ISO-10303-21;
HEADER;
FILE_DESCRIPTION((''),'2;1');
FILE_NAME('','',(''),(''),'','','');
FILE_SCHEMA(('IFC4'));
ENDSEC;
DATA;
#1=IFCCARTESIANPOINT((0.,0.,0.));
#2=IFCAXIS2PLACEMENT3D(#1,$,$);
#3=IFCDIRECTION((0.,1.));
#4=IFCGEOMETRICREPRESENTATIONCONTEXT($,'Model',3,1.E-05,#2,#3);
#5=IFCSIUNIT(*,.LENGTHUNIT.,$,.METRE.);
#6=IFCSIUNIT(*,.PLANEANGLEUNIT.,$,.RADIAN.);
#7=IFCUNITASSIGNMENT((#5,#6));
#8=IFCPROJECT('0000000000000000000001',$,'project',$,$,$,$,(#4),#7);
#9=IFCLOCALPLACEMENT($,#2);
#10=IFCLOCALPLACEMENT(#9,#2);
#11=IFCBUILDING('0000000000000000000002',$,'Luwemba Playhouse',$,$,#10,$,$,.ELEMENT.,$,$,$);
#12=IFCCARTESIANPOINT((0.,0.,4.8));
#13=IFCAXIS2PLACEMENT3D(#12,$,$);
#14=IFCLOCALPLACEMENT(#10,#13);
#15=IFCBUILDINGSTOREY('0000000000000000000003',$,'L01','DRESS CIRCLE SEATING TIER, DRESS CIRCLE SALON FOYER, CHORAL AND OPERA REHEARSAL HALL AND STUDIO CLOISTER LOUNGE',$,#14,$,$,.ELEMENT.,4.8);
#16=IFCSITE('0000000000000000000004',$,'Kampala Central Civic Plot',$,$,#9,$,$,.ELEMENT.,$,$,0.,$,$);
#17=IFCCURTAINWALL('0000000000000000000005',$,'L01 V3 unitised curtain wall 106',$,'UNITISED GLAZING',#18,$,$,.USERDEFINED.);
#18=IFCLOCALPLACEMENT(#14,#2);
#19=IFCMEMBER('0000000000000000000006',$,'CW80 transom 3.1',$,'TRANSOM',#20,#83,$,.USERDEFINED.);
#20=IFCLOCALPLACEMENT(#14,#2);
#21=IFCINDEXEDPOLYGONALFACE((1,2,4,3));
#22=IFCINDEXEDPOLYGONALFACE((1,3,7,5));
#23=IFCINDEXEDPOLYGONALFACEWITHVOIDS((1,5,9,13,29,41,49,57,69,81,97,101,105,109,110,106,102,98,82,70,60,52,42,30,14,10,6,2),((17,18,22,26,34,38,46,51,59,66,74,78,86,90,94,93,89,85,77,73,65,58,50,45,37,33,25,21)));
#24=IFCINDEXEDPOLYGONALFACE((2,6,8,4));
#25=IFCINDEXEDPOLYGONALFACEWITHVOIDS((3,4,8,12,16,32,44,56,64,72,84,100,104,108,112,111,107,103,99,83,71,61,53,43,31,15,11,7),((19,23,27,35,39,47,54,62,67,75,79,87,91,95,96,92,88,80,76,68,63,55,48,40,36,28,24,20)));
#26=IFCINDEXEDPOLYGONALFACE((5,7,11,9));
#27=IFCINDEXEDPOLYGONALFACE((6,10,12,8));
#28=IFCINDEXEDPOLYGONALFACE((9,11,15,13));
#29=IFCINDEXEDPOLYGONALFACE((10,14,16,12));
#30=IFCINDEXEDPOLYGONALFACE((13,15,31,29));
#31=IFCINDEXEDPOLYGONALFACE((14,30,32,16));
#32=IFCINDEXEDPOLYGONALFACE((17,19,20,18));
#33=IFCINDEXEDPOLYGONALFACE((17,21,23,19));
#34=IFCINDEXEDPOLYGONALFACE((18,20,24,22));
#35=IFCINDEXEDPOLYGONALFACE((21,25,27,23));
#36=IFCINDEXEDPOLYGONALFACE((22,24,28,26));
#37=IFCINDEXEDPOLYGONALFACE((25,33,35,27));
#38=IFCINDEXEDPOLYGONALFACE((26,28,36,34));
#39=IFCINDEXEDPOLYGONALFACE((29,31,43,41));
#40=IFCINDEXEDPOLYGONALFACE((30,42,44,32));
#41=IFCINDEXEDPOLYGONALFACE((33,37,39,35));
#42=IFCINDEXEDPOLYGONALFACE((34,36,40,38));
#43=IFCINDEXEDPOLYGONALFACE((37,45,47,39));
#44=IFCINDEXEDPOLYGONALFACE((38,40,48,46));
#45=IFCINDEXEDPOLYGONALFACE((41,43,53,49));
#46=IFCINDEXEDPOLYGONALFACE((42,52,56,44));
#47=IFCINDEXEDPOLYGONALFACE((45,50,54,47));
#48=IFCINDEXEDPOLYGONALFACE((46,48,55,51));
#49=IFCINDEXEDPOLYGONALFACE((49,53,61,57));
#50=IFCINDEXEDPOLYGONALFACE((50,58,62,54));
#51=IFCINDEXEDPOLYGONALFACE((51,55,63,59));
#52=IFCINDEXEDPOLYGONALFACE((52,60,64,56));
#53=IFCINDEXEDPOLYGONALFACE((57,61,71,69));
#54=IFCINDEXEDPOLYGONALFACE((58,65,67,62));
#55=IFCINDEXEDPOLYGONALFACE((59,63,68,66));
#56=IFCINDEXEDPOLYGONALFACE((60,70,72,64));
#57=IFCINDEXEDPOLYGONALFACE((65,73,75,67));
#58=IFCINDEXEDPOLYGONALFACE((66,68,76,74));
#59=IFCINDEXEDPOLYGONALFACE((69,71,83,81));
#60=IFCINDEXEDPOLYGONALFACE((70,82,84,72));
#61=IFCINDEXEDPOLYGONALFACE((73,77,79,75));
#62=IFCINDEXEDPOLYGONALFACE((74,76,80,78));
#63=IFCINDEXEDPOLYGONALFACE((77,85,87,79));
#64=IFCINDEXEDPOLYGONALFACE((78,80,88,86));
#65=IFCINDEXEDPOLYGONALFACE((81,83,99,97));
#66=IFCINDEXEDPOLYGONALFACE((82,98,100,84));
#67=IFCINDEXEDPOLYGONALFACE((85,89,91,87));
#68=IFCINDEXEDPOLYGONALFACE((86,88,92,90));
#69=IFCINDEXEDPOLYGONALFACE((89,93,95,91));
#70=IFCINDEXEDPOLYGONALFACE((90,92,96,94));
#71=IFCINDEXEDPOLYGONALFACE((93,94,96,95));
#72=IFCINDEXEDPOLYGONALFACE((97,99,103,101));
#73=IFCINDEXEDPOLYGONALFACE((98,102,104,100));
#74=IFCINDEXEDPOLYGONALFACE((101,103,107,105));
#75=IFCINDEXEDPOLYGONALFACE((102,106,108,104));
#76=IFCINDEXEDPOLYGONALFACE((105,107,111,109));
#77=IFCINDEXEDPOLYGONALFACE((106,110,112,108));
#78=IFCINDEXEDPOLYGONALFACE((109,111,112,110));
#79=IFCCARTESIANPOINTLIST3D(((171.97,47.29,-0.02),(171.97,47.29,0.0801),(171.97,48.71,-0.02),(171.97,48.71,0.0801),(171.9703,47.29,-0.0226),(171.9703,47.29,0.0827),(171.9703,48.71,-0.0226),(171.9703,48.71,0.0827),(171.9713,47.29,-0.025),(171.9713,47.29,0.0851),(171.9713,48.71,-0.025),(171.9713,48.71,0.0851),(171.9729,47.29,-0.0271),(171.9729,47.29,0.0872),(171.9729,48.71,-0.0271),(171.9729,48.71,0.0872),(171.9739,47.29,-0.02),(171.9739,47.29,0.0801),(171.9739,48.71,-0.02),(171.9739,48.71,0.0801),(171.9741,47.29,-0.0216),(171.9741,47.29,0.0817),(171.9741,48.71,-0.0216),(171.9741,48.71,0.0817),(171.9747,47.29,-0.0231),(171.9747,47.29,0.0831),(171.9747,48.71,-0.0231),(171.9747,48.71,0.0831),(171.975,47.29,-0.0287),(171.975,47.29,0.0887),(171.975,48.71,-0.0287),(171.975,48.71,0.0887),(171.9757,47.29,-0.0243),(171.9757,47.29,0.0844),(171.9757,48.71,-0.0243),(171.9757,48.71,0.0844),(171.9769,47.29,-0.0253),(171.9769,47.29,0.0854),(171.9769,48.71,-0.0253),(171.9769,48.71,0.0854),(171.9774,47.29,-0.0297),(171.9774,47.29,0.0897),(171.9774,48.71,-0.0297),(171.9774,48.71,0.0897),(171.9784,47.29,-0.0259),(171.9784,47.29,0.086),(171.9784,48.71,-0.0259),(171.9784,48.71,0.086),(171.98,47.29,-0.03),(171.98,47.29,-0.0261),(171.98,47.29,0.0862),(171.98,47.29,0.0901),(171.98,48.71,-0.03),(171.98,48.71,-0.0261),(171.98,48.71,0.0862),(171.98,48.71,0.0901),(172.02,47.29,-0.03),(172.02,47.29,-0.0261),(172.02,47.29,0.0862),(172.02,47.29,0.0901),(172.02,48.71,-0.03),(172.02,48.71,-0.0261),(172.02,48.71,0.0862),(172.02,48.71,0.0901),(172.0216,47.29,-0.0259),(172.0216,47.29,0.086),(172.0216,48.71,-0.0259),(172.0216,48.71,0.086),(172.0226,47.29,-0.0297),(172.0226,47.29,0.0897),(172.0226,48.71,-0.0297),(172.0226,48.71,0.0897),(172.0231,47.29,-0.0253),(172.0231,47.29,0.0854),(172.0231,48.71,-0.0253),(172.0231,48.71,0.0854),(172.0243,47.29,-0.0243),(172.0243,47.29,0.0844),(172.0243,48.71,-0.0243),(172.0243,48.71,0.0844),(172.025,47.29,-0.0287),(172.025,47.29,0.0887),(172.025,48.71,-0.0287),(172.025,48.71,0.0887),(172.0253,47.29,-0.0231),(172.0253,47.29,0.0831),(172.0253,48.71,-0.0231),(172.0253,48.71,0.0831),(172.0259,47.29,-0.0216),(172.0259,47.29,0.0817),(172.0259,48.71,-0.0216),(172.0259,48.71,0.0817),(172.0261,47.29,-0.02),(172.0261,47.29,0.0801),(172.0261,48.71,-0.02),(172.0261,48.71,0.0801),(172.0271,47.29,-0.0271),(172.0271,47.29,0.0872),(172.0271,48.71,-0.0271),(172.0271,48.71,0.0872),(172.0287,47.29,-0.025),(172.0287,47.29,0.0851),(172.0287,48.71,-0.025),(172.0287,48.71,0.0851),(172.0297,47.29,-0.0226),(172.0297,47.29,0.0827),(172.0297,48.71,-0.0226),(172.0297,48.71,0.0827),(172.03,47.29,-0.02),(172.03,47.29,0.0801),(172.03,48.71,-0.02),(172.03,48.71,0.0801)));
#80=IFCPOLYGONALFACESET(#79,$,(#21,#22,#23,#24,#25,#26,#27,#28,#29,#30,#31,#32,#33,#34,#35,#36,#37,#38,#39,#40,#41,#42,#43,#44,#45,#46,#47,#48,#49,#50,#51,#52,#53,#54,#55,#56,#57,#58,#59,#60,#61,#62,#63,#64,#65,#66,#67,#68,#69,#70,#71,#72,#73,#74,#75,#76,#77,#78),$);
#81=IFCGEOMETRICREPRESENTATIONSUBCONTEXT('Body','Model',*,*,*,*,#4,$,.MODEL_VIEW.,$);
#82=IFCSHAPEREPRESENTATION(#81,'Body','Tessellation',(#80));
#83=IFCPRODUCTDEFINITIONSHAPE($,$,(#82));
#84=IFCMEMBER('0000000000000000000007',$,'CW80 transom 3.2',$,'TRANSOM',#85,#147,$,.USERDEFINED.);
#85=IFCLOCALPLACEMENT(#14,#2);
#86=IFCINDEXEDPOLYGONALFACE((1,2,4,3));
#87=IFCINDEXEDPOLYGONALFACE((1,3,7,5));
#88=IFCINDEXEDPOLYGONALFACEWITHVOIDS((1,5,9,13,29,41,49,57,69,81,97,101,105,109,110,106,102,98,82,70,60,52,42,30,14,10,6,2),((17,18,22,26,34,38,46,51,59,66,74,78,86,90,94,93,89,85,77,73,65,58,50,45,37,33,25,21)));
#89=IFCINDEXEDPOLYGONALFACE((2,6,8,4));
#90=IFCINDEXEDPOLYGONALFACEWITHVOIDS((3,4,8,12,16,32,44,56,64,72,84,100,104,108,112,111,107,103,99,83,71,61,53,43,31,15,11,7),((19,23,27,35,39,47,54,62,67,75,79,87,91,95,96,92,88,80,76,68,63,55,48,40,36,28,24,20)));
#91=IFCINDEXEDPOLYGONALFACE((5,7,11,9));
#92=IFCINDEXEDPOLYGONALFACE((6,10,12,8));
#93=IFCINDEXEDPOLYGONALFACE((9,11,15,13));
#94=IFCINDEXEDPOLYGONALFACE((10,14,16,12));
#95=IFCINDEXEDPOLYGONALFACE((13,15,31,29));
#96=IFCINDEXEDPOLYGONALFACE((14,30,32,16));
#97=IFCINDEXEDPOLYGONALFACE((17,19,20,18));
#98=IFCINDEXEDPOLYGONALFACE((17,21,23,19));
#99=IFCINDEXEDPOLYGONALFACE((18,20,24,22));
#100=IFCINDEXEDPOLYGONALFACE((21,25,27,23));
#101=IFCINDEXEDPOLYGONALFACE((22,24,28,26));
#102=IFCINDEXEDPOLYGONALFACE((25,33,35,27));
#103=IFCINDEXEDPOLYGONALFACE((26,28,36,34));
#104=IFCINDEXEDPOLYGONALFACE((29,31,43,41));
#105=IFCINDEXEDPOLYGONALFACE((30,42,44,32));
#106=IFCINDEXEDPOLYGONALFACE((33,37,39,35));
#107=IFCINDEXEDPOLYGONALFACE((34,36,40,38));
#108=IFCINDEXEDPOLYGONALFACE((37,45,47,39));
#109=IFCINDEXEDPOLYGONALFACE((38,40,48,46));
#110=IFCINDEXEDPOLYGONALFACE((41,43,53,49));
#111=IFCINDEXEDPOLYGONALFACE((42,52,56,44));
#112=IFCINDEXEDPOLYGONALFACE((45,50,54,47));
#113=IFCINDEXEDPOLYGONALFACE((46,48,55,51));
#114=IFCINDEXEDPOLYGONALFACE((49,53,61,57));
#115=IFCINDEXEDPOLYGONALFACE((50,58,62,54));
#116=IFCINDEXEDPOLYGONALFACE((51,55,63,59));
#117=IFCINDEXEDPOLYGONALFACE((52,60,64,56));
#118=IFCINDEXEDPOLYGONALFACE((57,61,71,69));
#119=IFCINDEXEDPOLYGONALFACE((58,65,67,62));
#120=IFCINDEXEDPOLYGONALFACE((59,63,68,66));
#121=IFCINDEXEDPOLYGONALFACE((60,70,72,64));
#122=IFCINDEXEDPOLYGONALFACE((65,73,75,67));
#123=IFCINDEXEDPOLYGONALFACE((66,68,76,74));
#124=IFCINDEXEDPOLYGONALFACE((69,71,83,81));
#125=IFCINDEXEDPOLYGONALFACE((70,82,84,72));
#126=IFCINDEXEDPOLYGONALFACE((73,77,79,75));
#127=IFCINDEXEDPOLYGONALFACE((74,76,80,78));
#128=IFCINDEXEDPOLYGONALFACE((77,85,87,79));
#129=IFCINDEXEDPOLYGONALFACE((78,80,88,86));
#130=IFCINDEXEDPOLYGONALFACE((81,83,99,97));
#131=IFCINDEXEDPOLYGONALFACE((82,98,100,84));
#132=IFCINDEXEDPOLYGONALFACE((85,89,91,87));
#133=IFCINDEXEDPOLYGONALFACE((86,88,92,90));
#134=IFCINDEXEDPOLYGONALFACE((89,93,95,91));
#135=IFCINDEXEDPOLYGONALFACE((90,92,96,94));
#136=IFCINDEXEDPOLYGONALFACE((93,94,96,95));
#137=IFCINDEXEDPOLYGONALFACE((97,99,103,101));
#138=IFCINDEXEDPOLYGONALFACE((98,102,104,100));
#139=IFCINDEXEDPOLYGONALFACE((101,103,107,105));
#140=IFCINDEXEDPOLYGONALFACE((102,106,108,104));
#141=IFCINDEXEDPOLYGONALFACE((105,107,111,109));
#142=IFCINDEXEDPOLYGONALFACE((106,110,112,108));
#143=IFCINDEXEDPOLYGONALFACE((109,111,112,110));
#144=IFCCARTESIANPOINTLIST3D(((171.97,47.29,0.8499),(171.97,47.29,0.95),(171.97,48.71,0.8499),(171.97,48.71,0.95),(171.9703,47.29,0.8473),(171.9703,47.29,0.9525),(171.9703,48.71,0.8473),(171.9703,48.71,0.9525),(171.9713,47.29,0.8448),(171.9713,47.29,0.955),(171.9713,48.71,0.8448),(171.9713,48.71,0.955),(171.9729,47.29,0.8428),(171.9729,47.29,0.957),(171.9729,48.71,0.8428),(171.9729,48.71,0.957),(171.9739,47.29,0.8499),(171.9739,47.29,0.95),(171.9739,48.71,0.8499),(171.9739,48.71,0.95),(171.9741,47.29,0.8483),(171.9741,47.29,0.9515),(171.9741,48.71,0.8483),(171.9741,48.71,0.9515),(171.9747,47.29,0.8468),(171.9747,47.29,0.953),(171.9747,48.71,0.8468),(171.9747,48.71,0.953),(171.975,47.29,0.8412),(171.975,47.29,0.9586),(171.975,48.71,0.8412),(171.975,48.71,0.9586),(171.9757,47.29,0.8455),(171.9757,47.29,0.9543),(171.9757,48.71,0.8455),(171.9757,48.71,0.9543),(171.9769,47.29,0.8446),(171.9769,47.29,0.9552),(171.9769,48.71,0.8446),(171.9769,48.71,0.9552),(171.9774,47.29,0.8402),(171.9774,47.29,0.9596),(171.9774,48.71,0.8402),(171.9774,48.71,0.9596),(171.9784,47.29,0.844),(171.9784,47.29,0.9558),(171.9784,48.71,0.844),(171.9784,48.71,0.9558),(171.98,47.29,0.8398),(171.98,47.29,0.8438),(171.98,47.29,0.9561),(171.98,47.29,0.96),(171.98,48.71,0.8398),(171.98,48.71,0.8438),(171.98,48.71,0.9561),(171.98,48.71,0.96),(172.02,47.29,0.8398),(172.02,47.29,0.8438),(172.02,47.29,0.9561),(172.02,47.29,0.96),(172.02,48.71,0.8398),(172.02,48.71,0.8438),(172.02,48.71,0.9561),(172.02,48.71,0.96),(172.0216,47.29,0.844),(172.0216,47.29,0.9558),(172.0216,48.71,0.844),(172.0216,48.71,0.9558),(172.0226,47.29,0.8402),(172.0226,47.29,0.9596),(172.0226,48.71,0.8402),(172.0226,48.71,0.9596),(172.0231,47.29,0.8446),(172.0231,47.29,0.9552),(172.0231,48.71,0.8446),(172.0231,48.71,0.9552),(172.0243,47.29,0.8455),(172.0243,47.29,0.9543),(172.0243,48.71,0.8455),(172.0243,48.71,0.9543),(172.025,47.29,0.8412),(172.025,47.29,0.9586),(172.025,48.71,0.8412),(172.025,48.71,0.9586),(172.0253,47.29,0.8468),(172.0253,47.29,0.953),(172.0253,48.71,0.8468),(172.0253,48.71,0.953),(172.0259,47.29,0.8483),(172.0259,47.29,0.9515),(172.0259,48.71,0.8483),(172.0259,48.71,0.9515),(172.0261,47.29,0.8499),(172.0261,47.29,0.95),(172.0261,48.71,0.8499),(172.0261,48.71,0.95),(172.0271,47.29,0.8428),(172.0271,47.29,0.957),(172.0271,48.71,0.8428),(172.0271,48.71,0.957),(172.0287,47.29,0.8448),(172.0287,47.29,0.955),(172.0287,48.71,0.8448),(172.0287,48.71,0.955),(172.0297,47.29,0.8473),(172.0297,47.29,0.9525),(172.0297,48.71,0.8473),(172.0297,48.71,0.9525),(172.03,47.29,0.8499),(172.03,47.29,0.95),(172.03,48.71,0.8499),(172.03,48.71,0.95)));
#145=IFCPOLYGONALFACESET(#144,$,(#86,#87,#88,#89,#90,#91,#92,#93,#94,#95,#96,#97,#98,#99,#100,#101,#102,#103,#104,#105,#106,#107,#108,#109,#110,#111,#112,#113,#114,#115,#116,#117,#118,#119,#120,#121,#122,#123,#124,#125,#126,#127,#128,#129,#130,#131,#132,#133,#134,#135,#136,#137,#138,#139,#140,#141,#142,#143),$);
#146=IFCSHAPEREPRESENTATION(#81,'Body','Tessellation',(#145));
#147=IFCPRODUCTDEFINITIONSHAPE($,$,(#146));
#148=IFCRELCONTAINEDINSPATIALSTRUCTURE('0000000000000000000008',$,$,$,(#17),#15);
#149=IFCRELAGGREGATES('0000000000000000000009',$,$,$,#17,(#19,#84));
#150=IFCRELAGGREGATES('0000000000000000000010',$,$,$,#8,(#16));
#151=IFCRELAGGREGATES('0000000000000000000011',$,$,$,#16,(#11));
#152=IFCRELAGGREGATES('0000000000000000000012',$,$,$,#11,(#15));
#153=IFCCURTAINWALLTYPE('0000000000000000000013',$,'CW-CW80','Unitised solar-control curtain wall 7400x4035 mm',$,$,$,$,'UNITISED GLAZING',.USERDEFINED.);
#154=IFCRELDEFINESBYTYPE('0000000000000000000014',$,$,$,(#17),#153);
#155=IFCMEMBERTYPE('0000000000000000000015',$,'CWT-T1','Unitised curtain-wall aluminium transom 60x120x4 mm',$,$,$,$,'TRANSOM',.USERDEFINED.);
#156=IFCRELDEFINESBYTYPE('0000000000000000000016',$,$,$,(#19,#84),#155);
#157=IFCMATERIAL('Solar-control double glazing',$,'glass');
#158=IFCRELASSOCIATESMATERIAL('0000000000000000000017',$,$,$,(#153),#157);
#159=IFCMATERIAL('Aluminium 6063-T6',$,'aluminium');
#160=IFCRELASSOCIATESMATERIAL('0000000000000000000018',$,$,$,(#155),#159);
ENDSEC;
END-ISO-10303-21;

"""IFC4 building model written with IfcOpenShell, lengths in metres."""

from ifc_helpers import new_model, si_unit, direction, frame, origin, origin_2d, place, context, subcontext, project, spatial, hollow_rectangle, extrude, material, material_profile, profile_set, type_object, element, aggregate, save


model = new_model("IFC4")

# Units and contexts
model_context = context("Model", 3, precision=1e-05, world=origin(), true_north=direction((0.0, 1.0)))
body_context = subcontext(model_context, "Body", "Model", "MODEL_VIEW")
ifc_project = project(units=[si_unit("LENGTHUNIT", "METRE"), si_unit("PLANEANGLEUNIT", "RADIAN")], contexts=[model_context])

# Site, building, storey
site_placement = place(None, origin())
site = spatial("IfcSite", under=ifc_project, at=site_placement, Name="Kampala Central Civic Plot", CompositionType="ELEMENT", RefElevation=0.0)
building_placement = place(site_placement, origin())
building = spatial("IfcBuilding", under=site, at=building_placement, Name="Luwemba Playhouse", CompositionType="ELEMENT")
storey_placement = place(building_placement, frame((0.0, 0.0, 4.8)))
storey = spatial("IfcBuildingStorey", under=building, at=storey_placement, Name="L01", Description="DRESS CIRCLE SEATING TIER, DRESS CIRCLE SALON FOYER, CHORAL AND OPERA REHEARSAL HALL AND STUDIO CLOISTER LOUNGE", CompositionType="ELEMENT", Elevation=4.8)

# Curtain wall, members
ifc_material_1 = material(Name="Solar-control double glazing", Category="glass")
curtain_wall_type = type_object("IfcCurtainWallType", Name="CW-CW80", Description="Unitised solar-control curtain wall 7400x4035 mm", ElementType="UNITISED GLAZING", PredefinedType="USERDEFINED", material=ifc_material_1)
curtain_wall_placement = place(storey_placement, origin())
curtain_wall = element("IfcCurtainWall", 1, at=curtain_wall_placement, inside=storey, type_object=curtain_wall_type, Name="L01 V3 unitised curtain wall 106", ObjectType="UNITISED GLAZING", PredefinedType="USERDEFINED")
ifc_material_2 = material(Name="Aluminium 6063-T6", Category="aluminium")
ifc_material_profile_1 = material_profile(ifc_material_2, hollow_rectangle(XDim=0.0601, YDim=0.1201, WallThickness=0.0039, InnerFilletRadius=0.0061, OuterFilletRadius=0.01, at=origin_2d()))
ifc_profile_set_1 = profile_set([ifc_material_profile_1], Name="Aluminium 6063-T6")
member_type_1 = type_object("IfcMemberType", Name="CWT-T1", Description="Unitised curtain-wall aluminium transom 60x120x4 mm", ElementType="TRANSOM", PredefinedType="USERDEFINED", material=ifc_profile_set_1)
member_1_placement = place(storey_placement, frame((172.0, 48.71, 0.03), z_axis=(0.0, -1.0, 0.0), x_axis=(1.0, 0.0, 0.0)))
member_1 = element("IfcMember", 2, at=member_1_placement, type_object=member_type_1, Name="CW80 transom 3.1", ObjectType="TRANSOM", PredefinedType="USERDEFINED", context=body_context, shape_type="SweptSolid", body=[
    extrude(hollow_rectangle(XDim=0.0601, YDim=0.1201, WallThickness=0.0039, InnerFilletRadius=0.0061, OuterFilletRadius=0.01, at=origin_2d()), origin(), (0.0, 0.0, 1.0), 1.4199),
])
member_2_placement = place(storey_placement, frame((172.0, 48.71, 0.8999), z_axis=(0.0, -1.0, 0.0), x_axis=(1.0, 0.0, 0.0)))
member_2 = element("IfcMember", 3, at=member_2_placement, type_object=member_type_1, Name="CW80 transom 3.2", ObjectType="TRANSOM", PredefinedType="USERDEFINED", context=body_context, shape_type="SweptSolid", body=[
    extrude(hollow_rectangle(XDim=0.0601, YDim=0.1201, WallThickness=0.0039, InnerFilletRadius=0.0061, OuterFilletRadius=0.01, at=origin_2d()), origin(), (0.0, 0.0, 1.0), 1.4199),
])
aggregate(curtain_wall, [member_1, member_2])

save(model, "model.ifc")
